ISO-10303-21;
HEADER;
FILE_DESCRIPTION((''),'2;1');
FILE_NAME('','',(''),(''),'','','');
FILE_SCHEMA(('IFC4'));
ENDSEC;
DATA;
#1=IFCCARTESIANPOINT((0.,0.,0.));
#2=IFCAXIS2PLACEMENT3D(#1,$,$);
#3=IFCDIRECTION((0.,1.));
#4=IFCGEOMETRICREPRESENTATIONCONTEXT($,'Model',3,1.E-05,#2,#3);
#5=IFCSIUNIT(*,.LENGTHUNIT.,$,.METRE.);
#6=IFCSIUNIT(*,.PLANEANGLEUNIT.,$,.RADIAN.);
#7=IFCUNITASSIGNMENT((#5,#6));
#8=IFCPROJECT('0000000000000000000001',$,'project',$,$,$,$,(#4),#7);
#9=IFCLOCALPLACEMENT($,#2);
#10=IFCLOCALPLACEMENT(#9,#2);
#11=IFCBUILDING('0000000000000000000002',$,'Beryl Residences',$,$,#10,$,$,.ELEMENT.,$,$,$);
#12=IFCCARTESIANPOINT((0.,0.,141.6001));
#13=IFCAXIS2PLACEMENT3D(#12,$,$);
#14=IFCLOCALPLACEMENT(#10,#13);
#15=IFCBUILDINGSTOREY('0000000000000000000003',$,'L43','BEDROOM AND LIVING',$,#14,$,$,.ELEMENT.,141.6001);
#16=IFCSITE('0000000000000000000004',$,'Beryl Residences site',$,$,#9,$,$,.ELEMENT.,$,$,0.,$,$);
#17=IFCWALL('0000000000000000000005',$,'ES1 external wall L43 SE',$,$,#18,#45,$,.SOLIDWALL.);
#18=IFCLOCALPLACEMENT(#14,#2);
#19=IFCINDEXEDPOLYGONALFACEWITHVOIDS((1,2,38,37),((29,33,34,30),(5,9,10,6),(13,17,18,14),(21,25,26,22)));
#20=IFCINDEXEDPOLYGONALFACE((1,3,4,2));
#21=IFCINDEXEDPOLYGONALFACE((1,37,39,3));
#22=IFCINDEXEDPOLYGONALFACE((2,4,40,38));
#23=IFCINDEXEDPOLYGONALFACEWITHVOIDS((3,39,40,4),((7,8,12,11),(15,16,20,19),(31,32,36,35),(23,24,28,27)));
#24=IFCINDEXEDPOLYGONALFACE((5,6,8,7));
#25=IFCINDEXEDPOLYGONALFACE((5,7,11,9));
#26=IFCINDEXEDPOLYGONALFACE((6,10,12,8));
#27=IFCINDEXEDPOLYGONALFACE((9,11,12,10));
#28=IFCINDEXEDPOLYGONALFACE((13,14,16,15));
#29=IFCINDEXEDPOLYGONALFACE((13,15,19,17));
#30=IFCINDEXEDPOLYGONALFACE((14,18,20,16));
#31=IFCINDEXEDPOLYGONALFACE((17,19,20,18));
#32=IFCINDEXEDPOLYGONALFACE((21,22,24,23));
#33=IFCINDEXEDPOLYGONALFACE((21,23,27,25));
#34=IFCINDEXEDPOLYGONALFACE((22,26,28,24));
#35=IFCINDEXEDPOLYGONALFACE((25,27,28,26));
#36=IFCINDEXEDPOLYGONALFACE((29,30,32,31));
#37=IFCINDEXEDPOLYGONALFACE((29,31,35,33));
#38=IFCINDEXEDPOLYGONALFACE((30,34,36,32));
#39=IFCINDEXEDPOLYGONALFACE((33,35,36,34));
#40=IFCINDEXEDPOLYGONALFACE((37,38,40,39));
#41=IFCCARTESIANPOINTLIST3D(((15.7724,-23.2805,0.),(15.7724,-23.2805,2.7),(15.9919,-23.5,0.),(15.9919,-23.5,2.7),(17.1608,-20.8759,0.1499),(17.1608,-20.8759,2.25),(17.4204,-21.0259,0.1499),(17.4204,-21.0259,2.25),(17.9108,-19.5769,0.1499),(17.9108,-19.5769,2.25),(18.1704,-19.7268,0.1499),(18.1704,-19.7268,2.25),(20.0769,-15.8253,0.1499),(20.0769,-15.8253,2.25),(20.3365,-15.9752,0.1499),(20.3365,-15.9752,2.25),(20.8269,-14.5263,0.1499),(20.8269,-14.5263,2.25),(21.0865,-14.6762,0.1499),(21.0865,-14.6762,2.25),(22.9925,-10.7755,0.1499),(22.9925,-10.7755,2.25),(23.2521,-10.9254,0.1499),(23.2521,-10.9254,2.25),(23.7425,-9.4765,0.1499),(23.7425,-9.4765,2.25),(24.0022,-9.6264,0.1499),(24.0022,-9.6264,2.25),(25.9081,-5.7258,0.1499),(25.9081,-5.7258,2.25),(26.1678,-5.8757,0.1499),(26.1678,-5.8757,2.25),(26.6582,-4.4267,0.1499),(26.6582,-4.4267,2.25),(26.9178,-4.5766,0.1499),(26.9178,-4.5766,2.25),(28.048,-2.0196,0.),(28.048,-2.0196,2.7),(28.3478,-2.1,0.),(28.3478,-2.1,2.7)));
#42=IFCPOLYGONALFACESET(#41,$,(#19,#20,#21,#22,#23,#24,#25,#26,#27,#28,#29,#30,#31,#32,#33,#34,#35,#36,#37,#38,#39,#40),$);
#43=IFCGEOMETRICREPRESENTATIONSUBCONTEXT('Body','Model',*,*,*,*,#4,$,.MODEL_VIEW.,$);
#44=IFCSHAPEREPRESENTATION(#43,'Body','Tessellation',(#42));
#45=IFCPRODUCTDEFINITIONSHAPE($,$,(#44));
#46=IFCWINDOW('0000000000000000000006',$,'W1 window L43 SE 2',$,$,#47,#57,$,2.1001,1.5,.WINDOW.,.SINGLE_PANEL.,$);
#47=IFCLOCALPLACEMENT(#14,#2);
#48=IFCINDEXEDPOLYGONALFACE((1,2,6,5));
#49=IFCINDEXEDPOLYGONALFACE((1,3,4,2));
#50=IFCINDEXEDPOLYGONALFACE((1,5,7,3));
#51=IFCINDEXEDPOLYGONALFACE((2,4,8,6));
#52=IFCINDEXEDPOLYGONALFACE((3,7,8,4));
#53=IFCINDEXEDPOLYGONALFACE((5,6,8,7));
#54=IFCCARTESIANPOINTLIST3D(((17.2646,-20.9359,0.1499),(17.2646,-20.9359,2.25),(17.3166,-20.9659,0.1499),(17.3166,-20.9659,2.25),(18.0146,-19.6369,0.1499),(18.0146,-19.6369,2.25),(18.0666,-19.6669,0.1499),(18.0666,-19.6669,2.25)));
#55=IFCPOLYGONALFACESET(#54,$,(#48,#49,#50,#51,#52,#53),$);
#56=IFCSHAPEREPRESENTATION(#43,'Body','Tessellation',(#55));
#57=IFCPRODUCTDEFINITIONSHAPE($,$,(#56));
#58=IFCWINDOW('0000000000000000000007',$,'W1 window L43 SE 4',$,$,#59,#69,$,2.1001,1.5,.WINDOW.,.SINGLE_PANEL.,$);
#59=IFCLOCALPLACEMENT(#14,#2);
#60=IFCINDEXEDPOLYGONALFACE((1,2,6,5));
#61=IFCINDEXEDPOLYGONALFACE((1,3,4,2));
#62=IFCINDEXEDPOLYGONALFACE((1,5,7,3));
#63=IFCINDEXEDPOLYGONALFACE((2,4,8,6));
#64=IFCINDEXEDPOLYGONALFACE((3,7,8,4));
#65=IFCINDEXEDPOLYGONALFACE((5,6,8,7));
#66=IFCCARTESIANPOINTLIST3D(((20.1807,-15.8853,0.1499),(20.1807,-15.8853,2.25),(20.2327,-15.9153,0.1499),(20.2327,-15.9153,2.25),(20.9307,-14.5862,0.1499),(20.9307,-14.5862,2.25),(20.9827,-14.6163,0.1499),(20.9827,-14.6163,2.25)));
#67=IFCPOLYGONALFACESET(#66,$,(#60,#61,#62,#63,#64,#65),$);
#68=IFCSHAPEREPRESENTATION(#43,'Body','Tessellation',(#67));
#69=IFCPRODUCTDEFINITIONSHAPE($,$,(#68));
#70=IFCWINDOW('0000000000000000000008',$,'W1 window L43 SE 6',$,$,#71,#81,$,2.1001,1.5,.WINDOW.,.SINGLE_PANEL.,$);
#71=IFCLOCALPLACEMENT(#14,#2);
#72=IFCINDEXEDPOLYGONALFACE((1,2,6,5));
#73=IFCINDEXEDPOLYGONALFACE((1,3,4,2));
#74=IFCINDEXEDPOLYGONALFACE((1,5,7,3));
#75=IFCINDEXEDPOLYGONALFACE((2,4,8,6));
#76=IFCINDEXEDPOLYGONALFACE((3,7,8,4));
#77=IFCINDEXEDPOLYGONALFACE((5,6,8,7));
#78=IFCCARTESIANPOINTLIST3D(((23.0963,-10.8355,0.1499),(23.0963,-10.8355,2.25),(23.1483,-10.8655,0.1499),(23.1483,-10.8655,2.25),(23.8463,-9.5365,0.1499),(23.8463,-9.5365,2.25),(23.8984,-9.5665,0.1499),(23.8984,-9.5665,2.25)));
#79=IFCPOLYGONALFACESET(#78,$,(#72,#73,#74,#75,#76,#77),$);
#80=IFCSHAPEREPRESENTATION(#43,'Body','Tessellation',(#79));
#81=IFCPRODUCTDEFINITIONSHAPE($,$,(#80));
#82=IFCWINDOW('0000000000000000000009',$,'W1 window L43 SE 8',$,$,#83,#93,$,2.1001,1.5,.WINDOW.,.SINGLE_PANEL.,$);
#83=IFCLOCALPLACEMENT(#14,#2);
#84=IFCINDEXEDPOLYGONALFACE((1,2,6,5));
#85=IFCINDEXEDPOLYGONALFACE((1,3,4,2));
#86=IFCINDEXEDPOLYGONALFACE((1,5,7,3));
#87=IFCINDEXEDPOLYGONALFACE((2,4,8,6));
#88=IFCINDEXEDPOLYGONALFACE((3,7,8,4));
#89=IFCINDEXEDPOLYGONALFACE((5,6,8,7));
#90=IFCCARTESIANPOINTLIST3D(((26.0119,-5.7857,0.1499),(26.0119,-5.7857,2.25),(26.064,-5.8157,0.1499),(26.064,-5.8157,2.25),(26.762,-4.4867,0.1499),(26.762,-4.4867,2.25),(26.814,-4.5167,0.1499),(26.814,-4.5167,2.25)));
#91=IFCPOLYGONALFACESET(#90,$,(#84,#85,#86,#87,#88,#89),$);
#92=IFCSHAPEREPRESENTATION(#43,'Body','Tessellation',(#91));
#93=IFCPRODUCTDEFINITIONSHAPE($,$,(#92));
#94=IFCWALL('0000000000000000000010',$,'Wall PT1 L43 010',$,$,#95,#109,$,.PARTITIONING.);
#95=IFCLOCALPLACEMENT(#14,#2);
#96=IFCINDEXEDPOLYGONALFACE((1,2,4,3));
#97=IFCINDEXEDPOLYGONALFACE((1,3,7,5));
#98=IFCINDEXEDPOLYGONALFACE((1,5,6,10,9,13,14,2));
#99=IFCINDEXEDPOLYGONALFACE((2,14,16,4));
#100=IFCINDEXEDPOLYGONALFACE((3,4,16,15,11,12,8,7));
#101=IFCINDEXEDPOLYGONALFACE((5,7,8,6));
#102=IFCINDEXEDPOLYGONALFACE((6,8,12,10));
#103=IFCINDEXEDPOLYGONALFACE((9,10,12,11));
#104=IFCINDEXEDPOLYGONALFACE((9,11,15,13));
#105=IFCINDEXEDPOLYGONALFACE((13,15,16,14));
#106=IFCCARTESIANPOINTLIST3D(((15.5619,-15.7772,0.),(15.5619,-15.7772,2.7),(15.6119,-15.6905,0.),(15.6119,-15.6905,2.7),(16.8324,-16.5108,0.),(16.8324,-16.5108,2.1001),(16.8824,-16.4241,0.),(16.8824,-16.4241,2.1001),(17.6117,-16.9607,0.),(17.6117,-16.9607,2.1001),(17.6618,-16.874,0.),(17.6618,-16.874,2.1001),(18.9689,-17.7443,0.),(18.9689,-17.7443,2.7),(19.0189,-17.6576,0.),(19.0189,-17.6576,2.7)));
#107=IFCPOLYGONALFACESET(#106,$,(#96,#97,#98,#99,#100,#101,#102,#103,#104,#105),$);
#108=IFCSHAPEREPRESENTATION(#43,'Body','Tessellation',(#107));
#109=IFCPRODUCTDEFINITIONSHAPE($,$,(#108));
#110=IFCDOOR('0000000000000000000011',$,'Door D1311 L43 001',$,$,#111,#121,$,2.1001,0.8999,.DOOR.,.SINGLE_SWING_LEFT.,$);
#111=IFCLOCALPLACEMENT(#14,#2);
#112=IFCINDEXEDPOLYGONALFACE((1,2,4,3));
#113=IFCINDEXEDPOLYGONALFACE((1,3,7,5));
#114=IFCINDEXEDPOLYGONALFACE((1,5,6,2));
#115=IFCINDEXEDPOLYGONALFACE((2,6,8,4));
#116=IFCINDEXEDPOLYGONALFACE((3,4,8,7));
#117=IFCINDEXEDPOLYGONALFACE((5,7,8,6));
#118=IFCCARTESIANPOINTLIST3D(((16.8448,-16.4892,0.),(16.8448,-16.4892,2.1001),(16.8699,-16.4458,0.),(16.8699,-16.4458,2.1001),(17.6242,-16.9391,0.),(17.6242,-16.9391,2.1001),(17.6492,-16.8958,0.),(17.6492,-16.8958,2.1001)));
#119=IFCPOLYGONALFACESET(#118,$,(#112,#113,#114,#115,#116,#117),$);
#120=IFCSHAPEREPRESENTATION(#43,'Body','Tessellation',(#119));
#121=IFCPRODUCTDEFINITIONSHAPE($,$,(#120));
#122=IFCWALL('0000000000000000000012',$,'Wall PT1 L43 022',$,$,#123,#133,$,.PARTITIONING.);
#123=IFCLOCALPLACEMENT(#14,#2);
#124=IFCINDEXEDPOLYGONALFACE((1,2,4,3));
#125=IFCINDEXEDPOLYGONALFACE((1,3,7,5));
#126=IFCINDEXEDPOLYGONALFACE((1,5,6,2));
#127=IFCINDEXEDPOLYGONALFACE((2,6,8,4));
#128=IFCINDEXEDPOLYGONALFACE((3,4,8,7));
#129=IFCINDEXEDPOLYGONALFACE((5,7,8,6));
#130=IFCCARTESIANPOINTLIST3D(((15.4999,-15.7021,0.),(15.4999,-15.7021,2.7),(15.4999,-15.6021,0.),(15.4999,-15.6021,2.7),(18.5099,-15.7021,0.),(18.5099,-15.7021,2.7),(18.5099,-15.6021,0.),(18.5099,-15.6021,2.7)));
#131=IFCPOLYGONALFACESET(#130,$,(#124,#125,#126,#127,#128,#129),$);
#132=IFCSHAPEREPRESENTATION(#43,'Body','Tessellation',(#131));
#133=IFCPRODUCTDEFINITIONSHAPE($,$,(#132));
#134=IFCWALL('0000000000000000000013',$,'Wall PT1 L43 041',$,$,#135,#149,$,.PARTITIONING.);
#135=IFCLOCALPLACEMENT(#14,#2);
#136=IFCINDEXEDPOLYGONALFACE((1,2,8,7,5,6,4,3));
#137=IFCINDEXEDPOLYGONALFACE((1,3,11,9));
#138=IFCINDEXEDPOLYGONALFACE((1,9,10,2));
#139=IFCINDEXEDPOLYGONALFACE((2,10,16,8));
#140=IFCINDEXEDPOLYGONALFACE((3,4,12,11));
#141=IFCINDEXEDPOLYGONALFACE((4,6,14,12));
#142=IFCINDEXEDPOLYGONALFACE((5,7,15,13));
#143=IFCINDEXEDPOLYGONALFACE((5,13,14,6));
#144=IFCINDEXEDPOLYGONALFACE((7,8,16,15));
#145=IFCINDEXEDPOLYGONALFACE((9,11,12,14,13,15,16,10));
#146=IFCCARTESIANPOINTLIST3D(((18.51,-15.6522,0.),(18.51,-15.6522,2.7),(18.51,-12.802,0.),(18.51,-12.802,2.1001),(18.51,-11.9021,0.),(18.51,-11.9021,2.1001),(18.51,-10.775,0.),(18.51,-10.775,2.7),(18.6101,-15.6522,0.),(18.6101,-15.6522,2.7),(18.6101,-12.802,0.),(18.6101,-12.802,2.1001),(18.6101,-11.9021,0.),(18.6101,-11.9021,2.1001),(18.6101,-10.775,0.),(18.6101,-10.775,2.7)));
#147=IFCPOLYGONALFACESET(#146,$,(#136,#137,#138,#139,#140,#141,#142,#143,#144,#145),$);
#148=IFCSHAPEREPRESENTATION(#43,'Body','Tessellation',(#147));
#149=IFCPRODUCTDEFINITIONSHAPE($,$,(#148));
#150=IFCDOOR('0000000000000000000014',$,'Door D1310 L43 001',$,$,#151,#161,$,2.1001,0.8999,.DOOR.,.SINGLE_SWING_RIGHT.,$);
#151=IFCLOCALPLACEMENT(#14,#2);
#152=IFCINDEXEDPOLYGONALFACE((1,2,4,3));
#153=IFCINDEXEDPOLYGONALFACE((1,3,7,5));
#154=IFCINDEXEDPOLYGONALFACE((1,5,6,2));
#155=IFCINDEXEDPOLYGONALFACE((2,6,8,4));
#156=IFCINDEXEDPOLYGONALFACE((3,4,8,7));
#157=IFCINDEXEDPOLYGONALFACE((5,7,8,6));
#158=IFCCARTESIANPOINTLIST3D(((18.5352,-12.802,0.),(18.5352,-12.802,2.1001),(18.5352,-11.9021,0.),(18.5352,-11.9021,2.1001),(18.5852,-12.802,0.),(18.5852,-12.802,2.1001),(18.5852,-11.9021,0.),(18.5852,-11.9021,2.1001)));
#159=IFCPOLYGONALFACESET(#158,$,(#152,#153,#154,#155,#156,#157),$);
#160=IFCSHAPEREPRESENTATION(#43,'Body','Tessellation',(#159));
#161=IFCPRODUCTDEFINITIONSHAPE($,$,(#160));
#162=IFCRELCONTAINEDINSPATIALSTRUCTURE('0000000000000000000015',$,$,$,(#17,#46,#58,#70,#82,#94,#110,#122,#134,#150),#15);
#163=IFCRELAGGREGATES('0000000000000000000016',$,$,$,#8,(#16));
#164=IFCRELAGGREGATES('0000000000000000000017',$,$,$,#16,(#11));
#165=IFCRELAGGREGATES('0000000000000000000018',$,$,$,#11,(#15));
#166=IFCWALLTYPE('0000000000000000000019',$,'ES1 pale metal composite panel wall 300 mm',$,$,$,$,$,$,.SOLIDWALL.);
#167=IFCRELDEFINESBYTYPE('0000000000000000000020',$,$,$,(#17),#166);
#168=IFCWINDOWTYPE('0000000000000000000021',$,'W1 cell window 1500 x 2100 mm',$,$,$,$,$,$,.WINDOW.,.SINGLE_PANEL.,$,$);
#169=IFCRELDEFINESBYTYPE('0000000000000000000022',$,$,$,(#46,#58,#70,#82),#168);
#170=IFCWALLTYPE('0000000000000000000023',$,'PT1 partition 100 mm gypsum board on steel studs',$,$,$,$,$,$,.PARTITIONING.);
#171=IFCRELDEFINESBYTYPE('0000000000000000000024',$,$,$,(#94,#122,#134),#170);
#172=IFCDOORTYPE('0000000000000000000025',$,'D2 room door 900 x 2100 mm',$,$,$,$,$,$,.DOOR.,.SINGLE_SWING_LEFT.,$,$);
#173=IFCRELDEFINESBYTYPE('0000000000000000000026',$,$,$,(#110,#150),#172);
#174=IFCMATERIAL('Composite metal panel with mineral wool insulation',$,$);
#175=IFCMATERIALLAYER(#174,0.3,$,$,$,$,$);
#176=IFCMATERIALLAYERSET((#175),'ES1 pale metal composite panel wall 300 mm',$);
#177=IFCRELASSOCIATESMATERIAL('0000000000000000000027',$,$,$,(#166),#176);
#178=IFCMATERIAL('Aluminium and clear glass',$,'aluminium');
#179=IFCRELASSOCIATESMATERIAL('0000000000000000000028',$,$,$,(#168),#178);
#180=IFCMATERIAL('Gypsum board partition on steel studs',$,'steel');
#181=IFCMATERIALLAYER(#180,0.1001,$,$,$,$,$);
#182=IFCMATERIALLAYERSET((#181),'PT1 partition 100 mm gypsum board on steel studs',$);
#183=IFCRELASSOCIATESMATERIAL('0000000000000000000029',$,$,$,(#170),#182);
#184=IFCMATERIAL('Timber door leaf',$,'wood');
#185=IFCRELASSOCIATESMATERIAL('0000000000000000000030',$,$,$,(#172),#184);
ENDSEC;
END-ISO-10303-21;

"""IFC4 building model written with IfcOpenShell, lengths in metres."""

from ifc_helpers import new_model, si_unit, direction, frame, frame_2d, origin, place, context, subcontext, project, spatial, polyline, rectangle, outline, extrude, material, layer, layer_set, type_object, element, fill, save


model = new_model("IFC4")

# Units and contexts
model_context = context("Model", 3, precision=1e-05, world=origin(), true_north=direction((0.0, 1.0)))
body_context = subcontext(model_context, "Body", "Model", "MODEL_VIEW")
ifc_project = project(units=[si_unit("LENGTHUNIT", "METRE"), si_unit("PLANEANGLEUNIT", "RADIAN")], contexts=[model_context])

# Site, building, storey
site_placement = place(None, origin())
site = spatial("IfcSite", under=ifc_project, at=site_placement, Name="Beryl Residences site", CompositionType="ELEMENT", RefElevation=0.0)
building_placement = place(site_placement, origin())
building = spatial("IfcBuilding", under=site, at=building_placement, Name="Beryl Residences", CompositionType="ELEMENT")
storey_placement = place(building_placement, frame((0.0, 0.0, 141.6001)))
storey = spatial("IfcBuildingStorey", under=building, at=storey_placement, Name="L43", Description="BEDROOM AND LIVING", CompositionType="ELEMENT", Elevation=141.6001)

# Shared definitions
ifc_material_1 = material(Name="Composite metal panel with mineral wool insulation")
ifc_layer_1 = layer(ifc_material_1, 0.3)
ifc_layer_set_1 = layer_set([ifc_layer_1], Name="ES1 pale metal composite panel wall 300 mm")
wall_type_1 = type_object("IfcWallType", Name="ES1 pale metal composite panel wall 300 mm", PredefinedType="SOLIDWALL", material=ifc_layer_set_1)

# Wall, openings, windows
wall_1_placement = place(storey_placement, frame((15.8621, -23.425, 0.0), z_axis=(0.0, 0.0, 1.0), x_axis=(0.500018, 0.866015, 0.0)))
wall_1 = element("IfcWall", 1, at=wall_1_placement, inside=storey, type_object=wall_type_1, Name="ES1 external wall L43 SE", PredefinedType="SOLIDWALL", context=body_context, shape_type="SweptSolid", body=[
    extrude(outline(polyline([(0.0, -0.1499), (24.7109, -0.1499), (24.6306, 0.1499), (0.0803, 0.1499), (0.0, -0.1499)])), origin(), (0.0, 0.0, 1.0), 2.7),
])
opening_1_placement = place(wall_1_placement, frame((2.8569, 0.0, 0.1499)))
opening_1 = element("IfcOpeningElement", 2, at=opening_1_placement, cuts=wall_1, PredefinedType="OPENING", context=body_context, shape_type="SweptSolid", body=[
    extrude(rectangle(XDim=1.5, YDim=2.1001, at=frame_2d((0.75, 1.05))), frame((0.0, 0.1599, 0.0), z_axis=(0.0, -1.0, 0.0), x_axis=(1.0, 0.0, 0.0)), (0.0, 0.0, 1.0), 0.3201),
])
opening_2_placement = place(wall_1_placement, frame((8.689, 0.0, 0.1499)))
opening_2 = element("IfcOpeningElement", 3, at=opening_2_placement, cuts=wall_1, PredefinedType="OPENING", context=body_context, shape_type="SweptSolid", body=[
    extrude(rectangle(XDim=1.5, YDim=2.1001, at=frame_2d((0.75, 1.05))), frame((0.0, 0.1599, 0.0), z_axis=(0.0, -1.0, 0.0), x_axis=(1.0, 0.0, 0.0)), (0.0, 0.0, 1.0), 0.3201),
])
opening_3_placement = place(wall_1_placement, frame((14.52, 0.0, 0.1499)))
opening_3 = element("IfcOpeningElement", 4, at=opening_3_placement, cuts=wall_1, PredefinedType="OPENING", context=body_context, shape_type="SweptSolid", body=[
    extrude(rectangle(XDim=1.5, YDim=2.1001, at=frame_2d((0.75, 1.05))), frame((0.0, 0.1599, 0.0), z_axis=(0.0, -1.0, 0.0), x_axis=(1.0, 0.0, 0.0)), (0.0, 0.0, 1.0), 0.3201),
])
opening_4_placement = place(wall_1_placement, frame((20.3511, 0.0, 0.1499)))
opening_4 = element("IfcOpeningElement", 5, at=opening_4_placement, cuts=wall_1, PredefinedType="OPENING", context=body_context, shape_type="SweptSolid", body=[
    extrude(rectangle(XDim=1.5, YDim=2.1001, at=frame_2d((0.75, 1.05))), frame((0.0, 0.1599, 0.0), z_axis=(0.0, -1.0, 0.0), x_axis=(1.0, 0.0, 0.0)), (0.0, 0.0, 1.0), 0.3201),
])
ifc_material_2 = material(Name="Aluminium and clear glass", Category="aluminium")
window_type_1 = type_object("IfcWindowType", Name="W1 cell window 1500 x 2100 mm", PartitioningType="SINGLE_PANEL", PredefinedType="WINDOW", material=ifc_material_2)
window_1_placement = place(opening_1_placement, origin())
window_1 = element("IfcWindow", 6, at=window_1_placement, inside=storey, type_object=window_type_1, Name="W1 window L43 SE 2", OverallHeight=2.1001, OverallWidth=1.5, PartitioningType="SINGLE_PANEL", PredefinedType="WINDOW", context=body_context, shape_type="SweptSolid", body=[
    extrude(rectangle(XDim=1.5, YDim=2.1001, at=frame_2d((0.75, 1.05))), frame((0.0, 0.03, 0.0), z_axis=(0.0, -1.0, 0.0), x_axis=(1.0, 0.0, 0.0)), (0.0, 0.0, 1.0), 0.0601),
])
fill(opening_1, window_1)
window_2_placement = place(opening_2_placement, origin())
window_2 = element("IfcWindow", 7, at=window_2_placement, inside=storey, type_object=window_type_1, Name="W1 window L43 SE 4", OverallHeight=2.1001, OverallWidth=1.5, PartitioningType="SINGLE_PANEL", PredefinedType="WINDOW", context=body_context, shape_type="SweptSolid", body=[
    extrude(rectangle(XDim=1.5, YDim=2.1001, at=frame_2d((0.75, 1.05))), frame((0.0, 0.03, 0.0), z_axis=(0.0, -1.0, 0.0), x_axis=(1.0, 0.0, 0.0)), (0.0, 0.0, 1.0), 0.0601),
])
fill(opening_2, window_2)
window_3_placement = place(opening_3_placement, origin())
window_3 = element("IfcWindow", 8, at=window_3_placement, inside=storey, type_object=window_type_1, Name="W1 window L43 SE 6", OverallHeight=2.1001, OverallWidth=1.5, PartitioningType="SINGLE_PANEL", PredefinedType="WINDOW", context=body_context, shape_type="SweptSolid", body=[
    extrude(rectangle(XDim=1.5, YDim=2.1001, at=frame_2d((0.75, 1.05))), frame((0.0, 0.03, 0.0), z_axis=(0.0, -1.0, 0.0), x_axis=(1.0, 0.0, 0.0)), (0.0, 0.0, 1.0), 0.0601),
])
fill(opening_3, window_3)
window_4_placement = place(opening_4_placement, origin())
window_4 = element("IfcWindow", 9, at=window_4_placement, inside=storey, type_object=window_type_1, Name="W1 window L43 SE 8", OverallHeight=2.1001, OverallWidth=1.5, PartitioningType="SINGLE_PANEL", PredefinedType="WINDOW", context=body_context, shape_type="SweptSolid", body=[
    extrude(rectangle(XDim=1.5, YDim=2.1001, at=frame_2d((0.75, 1.05))), frame((0.0, 0.03, 0.0), z_axis=(0.0, -1.0, 0.0), x_axis=(1.0, 0.0, 0.0)), (0.0, 0.0, 1.0), 0.0601),
])
fill(opening_4, window_4)

# Wall, opening, door
ifc_material_3 = material(Name="Gypsum board partition on steel studs", Category="steel")
ifc_layer_2 = layer(ifc_material_3, 0.1001)
ifc_layer_set_2 = layer_set([ifc_layer_2], Name="PT1 partition 100 mm gypsum board on steel studs")
wall_type_2 = type_object("IfcWallType", Name="PT1 partition 100 mm gypsum board on steel studs", PredefinedType="PARTITIONING", material=ifc_layer_set_2)
wall_2_placement = place(storey_placement, frame((15.5869, -15.7339, 0.0), z_axis=(0.0, 0.0, 1.0), x_axis=(0.866023, -0.500004, 0.0)))
wall_2 = element("IfcWall", 10, at=wall_2_placement, inside=storey, type_object=wall_type_2, Name="Wall PT1 L43 010", PredefinedType="PARTITIONING", context=body_context, shape_type="SweptSolid", body=[
    extrude(rectangle(XDim=3.9341, YDim=0.1001, at=frame_2d((1.967, 0.0))), origin(), (0.0, 0.0, 1.0), 2.7),
])
opening_5_placement = place(wall_2_placement, frame((1.467, 0.0, 0.0)))
opening_5 = element("IfcOpeningElement", 11, at=opening_5_placement, cuts=wall_2, PredefinedType="OPENING", context=body_context, shape_type="SweptSolid", body=[
    extrude(rectangle(XDim=0.8999, YDim=2.1001, at=frame_2d((0.45, 1.05))), frame((0.0, 0.0601, 0.0), z_axis=(0.0, -1.0, 0.0), x_axis=(1.0, 0.0, 0.0)), (0.0, 0.0, 1.0), 0.1201),
])
ifc_material_4 = material(Name="Timber door leaf", Category="wood")
door_type_1 = type_object("IfcDoorType", Name="D2 room door 900 x 2100 mm", OperationType="SINGLE_SWING_LEFT", PredefinedType="DOOR", material=ifc_material_4)
door_1_placement = place(opening_5_placement, origin())
door_1 = element("IfcDoor", 12, at=door_1_placement, inside=storey, type_object=door_type_1, Name="Door D1311 L43 001", OperationType="SINGLE_SWING_LEFT", OverallHeight=2.1001, OverallWidth=0.8999, PredefinedType="DOOR", context=body_context, shape_type="SweptSolid", body=[
    extrude(rectangle(XDim=0.8999, YDim=2.1001, at=frame_2d((0.45, 1.05))), frame((0.0, 0.0249, 0.0), z_axis=(0.0, -1.0, 0.0), x_axis=(1.0, 0.0, 0.0)), (0.0, 0.0, 1.0), 0.05),
])
fill(opening_5, door_1)

# Wall
wall_3_placement = place(storey_placement, frame((15.5, -15.6521, 0.0), z_axis=(0.0, 0.0, 1.0), x_axis=(1.0, 0.0, 0.0)))
element("IfcWall", 13, at=wall_3_placement, inside=storey, type_object=wall_type_2, Name="Wall PT1 L43 022", PredefinedType="PARTITIONING", context=body_context, shape_type="SweptSolid", body=[
    extrude(rectangle(XDim=3.01, YDim=0.1001, at=frame_2d((1.5049, 0.0))), origin(), (0.0, 0.0, 1.0), 2.7),
])

# Wall, opening, door
wall_4_placement = place(storey_placement, frame((18.5601, -15.6521, 0.0), z_axis=(0.0, 0.0, 1.0), x_axis=(0.0, 1.0, 0.0)))
wall_4 = element("IfcWall", 14, at=wall_4_placement, inside=storey, type_object=wall_type_2, Name="Wall PT1 L43 041", PredefinedType="PARTITIONING", context=body_context, shape_type="SweptSolid", body=[
    extrude(rectangle(XDim=4.8772, YDim=0.1001, at=frame_2d((2.4385, 0.0))), origin(), (0.0, 0.0, 1.0), 2.7),
])
opening_6_placement = place(wall_4_placement, frame((2.8501, 0.0, 0.0)))
opening_6 = element("IfcOpeningElement", 15, at=opening_6_placement, cuts=wall_4, PredefinedType="OPENING", context=body_context, shape_type="SweptSolid", body=[
    extrude(rectangle(XDim=0.8999, YDim=2.1001, at=frame_2d((0.45, 1.05))), frame((0.0, 0.0601, 0.0), z_axis=(0.0, -1.0, 0.0), x_axis=(1.0, 0.0, 0.0)), (0.0, 0.0, 1.0), 0.1201),
])
door_2_placement = place(opening_6_placement, origin())
door_2 = element("IfcDoor", 16, at=door_2_placement, inside=storey, type_object=door_type_1, Name="Door D1310 L43 001", OperationType="SINGLE_SWING_RIGHT", OverallHeight=2.1001, OverallWidth=0.8999, PredefinedType="DOOR", context=body_context, shape_type="SweptSolid", body=[
    extrude(rectangle(XDim=0.8999, YDim=2.1001, at=frame_2d((0.45, 1.05))), frame((0.0, 0.0249, 0.0), z_axis=(0.0, -1.0, 0.0), x_axis=(1.0, 0.0, 0.0)), (0.0, 0.0, 1.0), 0.05),
])
fill(opening_6, door_2)

save(model, "model.ifc")
